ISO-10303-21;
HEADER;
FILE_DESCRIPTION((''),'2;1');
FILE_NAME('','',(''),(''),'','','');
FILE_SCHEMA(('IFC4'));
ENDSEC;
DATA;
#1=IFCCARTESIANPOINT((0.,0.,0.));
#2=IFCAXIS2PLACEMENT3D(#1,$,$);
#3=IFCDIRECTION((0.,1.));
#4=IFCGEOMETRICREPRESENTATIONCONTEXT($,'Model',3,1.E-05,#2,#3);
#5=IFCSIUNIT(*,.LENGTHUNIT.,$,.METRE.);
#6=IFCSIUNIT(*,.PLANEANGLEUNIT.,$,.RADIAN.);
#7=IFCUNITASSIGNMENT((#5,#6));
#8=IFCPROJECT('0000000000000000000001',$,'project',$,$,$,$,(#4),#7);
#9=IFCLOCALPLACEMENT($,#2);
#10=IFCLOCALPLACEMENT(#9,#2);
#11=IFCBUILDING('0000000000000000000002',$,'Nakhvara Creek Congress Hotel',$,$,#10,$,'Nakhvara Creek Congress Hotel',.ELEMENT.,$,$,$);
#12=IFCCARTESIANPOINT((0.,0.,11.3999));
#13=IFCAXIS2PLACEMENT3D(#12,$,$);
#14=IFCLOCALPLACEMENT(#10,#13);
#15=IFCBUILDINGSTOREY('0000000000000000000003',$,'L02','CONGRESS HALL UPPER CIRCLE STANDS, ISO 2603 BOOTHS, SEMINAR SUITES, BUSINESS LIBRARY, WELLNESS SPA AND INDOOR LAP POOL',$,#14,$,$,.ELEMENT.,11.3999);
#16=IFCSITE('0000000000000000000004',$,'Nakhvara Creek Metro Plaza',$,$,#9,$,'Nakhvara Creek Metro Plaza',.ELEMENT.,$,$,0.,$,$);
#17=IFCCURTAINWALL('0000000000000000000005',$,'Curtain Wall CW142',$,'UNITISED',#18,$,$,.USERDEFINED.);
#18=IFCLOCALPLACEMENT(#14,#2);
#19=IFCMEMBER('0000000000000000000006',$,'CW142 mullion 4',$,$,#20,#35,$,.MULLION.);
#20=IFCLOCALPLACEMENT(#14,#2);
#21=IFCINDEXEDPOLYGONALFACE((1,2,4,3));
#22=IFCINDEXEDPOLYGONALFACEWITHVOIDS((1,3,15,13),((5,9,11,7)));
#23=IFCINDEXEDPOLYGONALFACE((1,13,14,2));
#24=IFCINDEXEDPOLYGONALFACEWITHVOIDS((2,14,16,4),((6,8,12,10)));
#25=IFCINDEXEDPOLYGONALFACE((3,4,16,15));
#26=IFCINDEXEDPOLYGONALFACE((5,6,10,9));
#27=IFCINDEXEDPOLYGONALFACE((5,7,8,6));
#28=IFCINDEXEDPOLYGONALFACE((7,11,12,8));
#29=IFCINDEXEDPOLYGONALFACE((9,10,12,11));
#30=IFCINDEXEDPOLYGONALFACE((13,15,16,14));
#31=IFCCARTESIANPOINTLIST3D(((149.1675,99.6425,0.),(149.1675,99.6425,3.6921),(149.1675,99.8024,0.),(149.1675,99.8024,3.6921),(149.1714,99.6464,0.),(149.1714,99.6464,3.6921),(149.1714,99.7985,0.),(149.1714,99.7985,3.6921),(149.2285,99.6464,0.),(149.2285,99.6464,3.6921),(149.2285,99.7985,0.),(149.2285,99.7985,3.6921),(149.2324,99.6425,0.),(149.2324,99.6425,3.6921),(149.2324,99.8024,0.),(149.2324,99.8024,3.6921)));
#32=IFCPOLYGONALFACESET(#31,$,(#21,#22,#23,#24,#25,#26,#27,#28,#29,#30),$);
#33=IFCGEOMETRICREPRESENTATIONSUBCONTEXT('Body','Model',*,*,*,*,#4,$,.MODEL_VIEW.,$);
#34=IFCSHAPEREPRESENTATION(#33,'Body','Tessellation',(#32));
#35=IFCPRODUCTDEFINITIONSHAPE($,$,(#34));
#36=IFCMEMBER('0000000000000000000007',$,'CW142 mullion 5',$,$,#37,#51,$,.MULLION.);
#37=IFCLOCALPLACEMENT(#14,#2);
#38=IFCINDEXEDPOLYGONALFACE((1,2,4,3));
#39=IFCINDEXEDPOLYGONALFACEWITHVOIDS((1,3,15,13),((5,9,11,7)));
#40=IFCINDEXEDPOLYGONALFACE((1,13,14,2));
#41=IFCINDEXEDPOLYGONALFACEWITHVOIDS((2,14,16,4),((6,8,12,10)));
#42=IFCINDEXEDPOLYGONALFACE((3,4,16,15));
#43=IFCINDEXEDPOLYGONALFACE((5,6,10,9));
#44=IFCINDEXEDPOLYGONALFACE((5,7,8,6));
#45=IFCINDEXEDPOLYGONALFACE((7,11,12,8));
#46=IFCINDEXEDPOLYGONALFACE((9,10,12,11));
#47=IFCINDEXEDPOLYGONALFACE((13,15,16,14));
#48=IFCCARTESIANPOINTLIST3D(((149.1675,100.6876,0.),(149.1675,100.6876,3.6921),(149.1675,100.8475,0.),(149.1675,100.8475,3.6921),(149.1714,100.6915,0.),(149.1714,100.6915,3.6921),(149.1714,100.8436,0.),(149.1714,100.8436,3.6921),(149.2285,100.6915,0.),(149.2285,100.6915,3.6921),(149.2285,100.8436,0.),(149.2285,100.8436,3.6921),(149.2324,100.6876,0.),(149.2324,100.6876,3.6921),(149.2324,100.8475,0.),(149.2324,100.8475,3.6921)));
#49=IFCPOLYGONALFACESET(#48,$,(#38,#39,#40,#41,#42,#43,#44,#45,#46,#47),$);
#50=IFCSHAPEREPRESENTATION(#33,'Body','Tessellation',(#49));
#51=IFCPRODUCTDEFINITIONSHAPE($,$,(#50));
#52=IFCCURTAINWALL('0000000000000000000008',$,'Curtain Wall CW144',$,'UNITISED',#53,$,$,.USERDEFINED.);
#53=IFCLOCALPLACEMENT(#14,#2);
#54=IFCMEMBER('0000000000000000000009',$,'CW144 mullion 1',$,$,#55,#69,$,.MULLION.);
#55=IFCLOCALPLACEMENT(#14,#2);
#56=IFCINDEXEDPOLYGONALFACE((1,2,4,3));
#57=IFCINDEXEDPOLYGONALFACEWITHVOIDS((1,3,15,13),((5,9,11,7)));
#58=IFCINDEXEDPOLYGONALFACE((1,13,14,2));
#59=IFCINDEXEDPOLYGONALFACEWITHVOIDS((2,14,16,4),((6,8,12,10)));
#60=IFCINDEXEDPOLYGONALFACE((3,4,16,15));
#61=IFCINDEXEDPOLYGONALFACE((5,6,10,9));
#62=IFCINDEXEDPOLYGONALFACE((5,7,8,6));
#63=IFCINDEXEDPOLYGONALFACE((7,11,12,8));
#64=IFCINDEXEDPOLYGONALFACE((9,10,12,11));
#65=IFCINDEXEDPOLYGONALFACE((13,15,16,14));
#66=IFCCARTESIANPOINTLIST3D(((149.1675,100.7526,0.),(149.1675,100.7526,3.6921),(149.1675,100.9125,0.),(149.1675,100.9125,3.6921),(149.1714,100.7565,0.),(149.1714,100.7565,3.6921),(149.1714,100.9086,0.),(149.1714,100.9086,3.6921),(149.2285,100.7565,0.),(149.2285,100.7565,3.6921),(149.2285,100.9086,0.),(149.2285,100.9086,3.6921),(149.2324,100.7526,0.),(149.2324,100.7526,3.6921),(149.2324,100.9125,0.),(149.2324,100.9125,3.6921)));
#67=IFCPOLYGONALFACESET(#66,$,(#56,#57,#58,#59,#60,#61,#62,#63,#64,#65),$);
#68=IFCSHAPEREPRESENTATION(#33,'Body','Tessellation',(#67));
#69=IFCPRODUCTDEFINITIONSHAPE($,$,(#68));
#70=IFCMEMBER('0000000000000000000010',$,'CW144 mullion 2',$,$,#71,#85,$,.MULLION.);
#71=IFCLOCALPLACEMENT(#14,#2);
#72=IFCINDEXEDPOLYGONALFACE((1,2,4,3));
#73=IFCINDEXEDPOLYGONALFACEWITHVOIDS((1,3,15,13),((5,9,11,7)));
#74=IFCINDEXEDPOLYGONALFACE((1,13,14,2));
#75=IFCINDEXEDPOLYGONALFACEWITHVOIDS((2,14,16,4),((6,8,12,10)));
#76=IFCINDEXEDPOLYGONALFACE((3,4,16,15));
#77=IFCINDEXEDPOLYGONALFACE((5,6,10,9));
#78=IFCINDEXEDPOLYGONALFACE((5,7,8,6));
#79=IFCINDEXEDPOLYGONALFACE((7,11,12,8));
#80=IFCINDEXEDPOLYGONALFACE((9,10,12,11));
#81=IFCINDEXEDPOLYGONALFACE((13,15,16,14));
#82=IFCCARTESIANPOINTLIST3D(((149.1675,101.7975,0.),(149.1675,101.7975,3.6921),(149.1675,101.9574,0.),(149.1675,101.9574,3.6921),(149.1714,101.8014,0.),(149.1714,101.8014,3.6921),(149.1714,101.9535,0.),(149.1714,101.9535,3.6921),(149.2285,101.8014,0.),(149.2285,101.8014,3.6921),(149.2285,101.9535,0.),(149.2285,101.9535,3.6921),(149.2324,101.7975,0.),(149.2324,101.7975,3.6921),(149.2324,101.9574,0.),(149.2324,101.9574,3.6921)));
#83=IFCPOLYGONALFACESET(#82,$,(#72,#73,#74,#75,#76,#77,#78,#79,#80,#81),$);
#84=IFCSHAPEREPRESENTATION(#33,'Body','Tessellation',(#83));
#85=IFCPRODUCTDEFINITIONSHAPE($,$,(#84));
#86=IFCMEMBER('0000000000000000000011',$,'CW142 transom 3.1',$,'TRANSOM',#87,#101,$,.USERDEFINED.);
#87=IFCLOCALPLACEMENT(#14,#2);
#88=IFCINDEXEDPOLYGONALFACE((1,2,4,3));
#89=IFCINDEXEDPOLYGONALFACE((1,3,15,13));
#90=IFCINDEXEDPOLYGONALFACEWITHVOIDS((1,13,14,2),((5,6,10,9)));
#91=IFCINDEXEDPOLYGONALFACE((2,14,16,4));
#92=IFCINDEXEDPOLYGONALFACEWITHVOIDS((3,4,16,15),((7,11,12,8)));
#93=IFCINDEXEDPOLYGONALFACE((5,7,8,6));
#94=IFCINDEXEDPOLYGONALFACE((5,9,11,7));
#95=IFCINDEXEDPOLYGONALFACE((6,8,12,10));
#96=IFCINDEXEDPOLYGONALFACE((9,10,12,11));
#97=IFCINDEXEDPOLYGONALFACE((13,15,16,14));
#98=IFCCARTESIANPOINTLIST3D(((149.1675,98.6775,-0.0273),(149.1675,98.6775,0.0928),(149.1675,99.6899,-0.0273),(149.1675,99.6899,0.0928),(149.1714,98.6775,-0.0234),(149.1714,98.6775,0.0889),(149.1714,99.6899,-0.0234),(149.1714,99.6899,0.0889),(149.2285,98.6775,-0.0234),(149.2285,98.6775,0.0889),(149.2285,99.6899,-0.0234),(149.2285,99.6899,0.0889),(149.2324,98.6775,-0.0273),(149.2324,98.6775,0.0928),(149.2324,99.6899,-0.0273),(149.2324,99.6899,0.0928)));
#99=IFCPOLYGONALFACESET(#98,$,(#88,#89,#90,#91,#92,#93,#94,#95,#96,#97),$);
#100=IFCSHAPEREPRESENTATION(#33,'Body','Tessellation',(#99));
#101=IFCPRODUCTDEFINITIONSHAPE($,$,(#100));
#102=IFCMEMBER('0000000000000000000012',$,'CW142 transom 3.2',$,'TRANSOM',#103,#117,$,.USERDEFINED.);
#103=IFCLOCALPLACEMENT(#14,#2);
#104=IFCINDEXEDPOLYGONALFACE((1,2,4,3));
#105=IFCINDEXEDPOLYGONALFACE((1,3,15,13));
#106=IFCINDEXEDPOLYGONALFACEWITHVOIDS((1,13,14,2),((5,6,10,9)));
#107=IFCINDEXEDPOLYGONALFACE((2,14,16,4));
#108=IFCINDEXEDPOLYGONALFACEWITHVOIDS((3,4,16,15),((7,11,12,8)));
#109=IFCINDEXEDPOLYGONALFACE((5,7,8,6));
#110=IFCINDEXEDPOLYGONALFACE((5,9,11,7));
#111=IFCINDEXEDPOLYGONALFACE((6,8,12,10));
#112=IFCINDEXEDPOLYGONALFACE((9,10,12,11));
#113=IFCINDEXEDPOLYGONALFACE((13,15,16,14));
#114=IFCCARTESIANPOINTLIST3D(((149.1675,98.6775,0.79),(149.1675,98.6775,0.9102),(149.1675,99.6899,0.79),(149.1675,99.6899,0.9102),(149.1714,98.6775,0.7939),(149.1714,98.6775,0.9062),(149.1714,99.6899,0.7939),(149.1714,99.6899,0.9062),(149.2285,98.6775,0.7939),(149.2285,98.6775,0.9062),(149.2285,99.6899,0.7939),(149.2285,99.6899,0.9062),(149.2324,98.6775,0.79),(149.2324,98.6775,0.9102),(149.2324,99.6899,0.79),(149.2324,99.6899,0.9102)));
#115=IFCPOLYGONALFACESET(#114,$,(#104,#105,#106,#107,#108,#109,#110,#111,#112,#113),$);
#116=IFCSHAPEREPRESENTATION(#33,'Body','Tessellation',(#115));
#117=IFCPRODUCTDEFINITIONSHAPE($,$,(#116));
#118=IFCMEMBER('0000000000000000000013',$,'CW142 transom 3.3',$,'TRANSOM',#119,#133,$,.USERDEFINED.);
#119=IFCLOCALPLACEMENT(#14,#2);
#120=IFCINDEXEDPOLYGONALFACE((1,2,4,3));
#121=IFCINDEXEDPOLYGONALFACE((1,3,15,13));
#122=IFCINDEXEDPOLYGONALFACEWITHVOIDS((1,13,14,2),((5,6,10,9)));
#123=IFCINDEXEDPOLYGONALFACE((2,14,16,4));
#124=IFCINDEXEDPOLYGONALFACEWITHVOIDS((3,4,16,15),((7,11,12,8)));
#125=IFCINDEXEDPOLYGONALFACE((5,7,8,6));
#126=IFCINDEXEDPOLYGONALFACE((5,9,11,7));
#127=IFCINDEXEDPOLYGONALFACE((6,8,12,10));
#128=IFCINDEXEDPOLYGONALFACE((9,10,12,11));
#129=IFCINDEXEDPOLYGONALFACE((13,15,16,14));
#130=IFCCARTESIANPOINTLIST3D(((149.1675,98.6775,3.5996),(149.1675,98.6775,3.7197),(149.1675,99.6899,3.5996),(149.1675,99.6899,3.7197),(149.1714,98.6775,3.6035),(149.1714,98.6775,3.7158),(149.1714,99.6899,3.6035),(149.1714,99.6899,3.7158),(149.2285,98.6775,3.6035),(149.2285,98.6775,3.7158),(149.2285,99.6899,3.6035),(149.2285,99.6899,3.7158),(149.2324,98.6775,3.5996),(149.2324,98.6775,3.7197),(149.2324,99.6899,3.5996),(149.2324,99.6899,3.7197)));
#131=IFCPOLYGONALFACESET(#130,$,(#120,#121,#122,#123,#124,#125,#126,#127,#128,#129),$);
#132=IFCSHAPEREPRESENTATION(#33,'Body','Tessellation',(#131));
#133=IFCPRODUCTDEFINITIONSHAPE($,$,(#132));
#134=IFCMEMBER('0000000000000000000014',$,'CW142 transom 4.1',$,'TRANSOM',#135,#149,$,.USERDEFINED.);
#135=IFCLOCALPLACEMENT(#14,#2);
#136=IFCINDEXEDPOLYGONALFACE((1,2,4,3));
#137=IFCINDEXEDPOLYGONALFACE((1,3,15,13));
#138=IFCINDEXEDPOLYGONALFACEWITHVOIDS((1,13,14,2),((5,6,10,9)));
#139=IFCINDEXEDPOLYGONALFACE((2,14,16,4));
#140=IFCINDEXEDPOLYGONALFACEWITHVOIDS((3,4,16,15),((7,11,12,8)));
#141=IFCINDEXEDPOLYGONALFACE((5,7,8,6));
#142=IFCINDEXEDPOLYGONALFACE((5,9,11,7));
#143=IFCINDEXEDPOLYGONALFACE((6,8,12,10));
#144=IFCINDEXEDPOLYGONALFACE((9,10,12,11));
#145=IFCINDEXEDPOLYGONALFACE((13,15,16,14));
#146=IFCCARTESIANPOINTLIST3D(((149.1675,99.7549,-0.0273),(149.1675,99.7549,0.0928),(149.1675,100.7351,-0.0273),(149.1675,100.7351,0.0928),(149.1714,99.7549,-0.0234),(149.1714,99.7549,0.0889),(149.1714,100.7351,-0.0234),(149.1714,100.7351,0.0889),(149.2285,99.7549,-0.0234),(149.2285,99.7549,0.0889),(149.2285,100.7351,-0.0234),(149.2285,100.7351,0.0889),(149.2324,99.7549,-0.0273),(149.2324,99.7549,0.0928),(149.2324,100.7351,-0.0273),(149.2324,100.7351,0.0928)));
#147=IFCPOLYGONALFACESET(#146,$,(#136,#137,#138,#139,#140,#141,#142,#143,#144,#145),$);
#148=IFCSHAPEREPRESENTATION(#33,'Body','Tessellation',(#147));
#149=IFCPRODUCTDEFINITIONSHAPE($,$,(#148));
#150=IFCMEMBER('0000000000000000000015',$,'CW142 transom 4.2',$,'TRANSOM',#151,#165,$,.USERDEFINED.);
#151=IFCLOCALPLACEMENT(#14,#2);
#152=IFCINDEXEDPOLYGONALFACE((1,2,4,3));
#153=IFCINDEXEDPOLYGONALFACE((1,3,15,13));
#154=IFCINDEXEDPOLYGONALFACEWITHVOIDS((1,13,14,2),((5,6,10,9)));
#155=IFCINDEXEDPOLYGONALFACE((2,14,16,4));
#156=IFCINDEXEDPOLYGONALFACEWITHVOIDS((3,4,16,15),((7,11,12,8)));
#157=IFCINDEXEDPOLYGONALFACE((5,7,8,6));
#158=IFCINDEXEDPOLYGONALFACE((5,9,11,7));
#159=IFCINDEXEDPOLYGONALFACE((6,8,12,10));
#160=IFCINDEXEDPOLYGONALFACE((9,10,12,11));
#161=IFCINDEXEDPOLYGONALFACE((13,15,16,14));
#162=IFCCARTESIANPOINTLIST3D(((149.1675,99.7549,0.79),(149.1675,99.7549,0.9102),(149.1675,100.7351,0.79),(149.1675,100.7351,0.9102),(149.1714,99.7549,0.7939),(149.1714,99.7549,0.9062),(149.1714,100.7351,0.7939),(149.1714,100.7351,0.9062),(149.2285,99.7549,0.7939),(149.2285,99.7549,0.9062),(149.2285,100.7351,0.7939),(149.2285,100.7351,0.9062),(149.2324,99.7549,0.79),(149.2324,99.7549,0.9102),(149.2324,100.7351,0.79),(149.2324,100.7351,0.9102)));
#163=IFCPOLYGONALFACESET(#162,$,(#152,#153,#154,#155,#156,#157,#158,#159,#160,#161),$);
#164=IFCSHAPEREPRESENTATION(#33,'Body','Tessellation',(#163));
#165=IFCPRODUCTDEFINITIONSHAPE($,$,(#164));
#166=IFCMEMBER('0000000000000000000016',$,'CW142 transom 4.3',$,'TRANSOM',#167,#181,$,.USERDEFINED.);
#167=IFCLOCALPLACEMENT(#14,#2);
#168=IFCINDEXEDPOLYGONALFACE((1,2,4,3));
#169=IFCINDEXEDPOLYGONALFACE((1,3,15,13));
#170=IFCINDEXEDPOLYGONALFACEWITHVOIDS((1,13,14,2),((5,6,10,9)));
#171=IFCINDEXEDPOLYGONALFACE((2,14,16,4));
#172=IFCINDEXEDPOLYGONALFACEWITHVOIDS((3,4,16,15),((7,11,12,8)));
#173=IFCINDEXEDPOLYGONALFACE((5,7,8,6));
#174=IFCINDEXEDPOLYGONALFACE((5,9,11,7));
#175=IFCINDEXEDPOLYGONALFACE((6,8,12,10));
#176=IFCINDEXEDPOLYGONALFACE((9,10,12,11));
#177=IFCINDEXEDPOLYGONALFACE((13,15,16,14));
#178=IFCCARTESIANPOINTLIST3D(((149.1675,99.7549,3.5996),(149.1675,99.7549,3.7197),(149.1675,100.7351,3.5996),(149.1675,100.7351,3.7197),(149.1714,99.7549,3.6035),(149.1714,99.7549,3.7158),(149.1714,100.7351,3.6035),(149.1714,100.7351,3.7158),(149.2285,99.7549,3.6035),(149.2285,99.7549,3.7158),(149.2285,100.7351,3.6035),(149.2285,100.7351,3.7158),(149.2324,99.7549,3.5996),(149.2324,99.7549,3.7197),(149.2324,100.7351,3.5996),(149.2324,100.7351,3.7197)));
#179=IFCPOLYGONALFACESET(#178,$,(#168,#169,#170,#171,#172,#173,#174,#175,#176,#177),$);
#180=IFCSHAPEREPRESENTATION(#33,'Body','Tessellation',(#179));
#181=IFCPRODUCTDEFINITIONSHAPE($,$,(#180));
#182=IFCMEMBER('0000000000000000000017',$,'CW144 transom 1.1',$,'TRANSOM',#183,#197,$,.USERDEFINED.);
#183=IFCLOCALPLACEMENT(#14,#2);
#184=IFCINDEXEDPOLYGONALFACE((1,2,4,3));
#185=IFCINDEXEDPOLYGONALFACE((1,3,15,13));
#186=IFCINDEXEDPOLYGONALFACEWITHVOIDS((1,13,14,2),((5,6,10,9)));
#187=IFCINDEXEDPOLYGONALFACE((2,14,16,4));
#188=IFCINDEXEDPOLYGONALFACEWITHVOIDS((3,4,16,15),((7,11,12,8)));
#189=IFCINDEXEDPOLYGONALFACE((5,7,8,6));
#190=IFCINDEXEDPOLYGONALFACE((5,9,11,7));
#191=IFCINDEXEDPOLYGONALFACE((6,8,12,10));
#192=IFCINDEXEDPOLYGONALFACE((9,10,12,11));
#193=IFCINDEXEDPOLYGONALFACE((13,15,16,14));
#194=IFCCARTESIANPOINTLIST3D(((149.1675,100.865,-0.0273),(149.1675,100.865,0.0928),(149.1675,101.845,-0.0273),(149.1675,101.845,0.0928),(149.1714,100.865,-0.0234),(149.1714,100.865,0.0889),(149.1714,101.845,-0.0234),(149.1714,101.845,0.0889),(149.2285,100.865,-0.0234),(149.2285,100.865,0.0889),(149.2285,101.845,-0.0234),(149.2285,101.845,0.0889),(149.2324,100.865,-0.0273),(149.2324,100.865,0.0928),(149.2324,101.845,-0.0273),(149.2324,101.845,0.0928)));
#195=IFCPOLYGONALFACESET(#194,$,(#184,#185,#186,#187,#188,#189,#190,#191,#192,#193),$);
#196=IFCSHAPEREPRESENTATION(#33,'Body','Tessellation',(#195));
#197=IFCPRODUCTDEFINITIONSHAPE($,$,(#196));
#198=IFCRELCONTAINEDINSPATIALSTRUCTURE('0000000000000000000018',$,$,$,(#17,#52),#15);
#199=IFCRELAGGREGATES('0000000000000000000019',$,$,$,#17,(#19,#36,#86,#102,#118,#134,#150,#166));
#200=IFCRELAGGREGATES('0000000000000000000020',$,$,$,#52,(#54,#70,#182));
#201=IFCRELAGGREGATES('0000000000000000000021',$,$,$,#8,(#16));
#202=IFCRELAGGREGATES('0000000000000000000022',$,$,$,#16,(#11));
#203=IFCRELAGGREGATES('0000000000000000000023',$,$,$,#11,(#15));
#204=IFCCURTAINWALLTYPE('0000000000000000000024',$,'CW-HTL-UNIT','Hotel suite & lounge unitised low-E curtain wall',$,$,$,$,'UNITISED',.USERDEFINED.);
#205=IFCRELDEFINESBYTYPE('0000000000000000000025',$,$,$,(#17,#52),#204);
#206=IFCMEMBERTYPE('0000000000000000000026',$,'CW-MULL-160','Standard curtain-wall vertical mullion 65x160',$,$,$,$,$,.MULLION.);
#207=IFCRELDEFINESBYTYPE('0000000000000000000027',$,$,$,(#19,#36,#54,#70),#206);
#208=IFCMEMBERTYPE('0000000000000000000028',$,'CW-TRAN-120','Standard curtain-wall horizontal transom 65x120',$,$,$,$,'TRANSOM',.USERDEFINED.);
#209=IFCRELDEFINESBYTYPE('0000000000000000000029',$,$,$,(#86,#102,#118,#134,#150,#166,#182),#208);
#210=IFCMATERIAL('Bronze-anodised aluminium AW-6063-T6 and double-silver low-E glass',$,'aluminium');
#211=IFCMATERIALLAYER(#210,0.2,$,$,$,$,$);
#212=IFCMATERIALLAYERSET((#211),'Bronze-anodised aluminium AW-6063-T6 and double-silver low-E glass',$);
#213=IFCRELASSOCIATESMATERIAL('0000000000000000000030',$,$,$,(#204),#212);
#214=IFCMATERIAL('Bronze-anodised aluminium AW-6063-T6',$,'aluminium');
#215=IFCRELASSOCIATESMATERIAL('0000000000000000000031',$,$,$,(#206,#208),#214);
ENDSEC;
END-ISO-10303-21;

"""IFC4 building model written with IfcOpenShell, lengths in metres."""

from ifc_helpers import new_model, si_unit, direction, frame, origin, origin_2d, place, context, subcontext, project, spatial, hollow_rectangle, extrude, material, layer, layer_set, material_profile, profile_set, type_object, element, aggregate, save


model = new_model("IFC4")

# Units and contexts
model_context = context("Model", 3, precision=1e-05, world=origin(), true_north=direction((0.0, 1.0)))
body_context = subcontext(model_context, "Body", "Model", "MODEL_VIEW")
ifc_project = project(units=[si_unit("LENGTHUNIT", "METRE"), si_unit("PLANEANGLEUNIT", "RADIAN")], contexts=[model_context])

# Site, building, storey
site_placement = place(None, origin())
site = spatial("IfcSite", under=ifc_project, at=site_placement, Name="Nakhvara Creek Metro Plaza", LongName="Nakhvara Creek Metro Plaza", CompositionType="ELEMENT", RefElevation=0.0)
building_placement = place(site_placement, origin())
building = spatial("IfcBuilding", under=site, at=building_placement, Name="Nakhvara Creek Congress Hotel", LongName="Nakhvara Creek Congress Hotel", CompositionType="ELEMENT")
storey_placement = place(building_placement, frame((0.0, 0.0, 11.3999)))
storey = spatial("IfcBuildingStorey", under=building, at=storey_placement, Name="L02", Description="CONGRESS HALL UPPER CIRCLE STANDS, ISO 2603 BOOTHS, SEMINAR SUITES, BUSINESS LIBRARY, WELLNESS SPA AND INDOOR LAP POOL", CompositionType="ELEMENT", Elevation=11.3999)

# Curtain walls, members
ifc_material_1 = material(Name="Bronze-anodised aluminium AW-6063-T6 and double-silver low-E glass", Category="aluminium")
ifc_layer = layer(ifc_material_1, 0.2)
ifc_layer_set = layer_set([ifc_layer], Name="Bronze-anodised aluminium AW-6063-T6 and double-silver low-E glass")
curtain_wall_type = type_object("IfcCurtainWallType", Name="CW-HTL-UNIT", Description="Hotel suite & lounge unitised low-E curtain wall", ElementType="UNITISED", PredefinedType="USERDEFINED", material=ifc_layer_set)
curtain_wall_1_placement = place(storey_placement, origin())
curtain_wall_1 = element("IfcCurtainWall", 1, at=curtain_wall_1_placement, inside=storey, type_object=curtain_wall_type, Name="Curtain Wall CW142", ObjectType="UNITISED", PredefinedType="USERDEFINED")
ifc_material_2 = material(Name="Bronze-anodised aluminium AW-6063-T6", Category="aluminium")
ifc_material_profile_1 = material_profile(ifc_material_2, hollow_rectangle(XDim=0.0649, YDim=0.1599, WallThickness=0.0039, at=origin_2d()), Name="ALU-MULL 65x160x4", Category="LoadBearing")
ifc_profile_set_1 = profile_set([ifc_material_profile_1], Name="Bronze-anodised aluminium AW-6063-T6")
member_type_1 = type_object("IfcMemberType", Name="CW-MULL-160", Description="Standard curtain-wall vertical mullion 65x160", PredefinedType="MULLION", material=ifc_profile_set_1)
member_1_placement = place(storey_placement, frame((149.2, 99.7224, 0.0), z_axis=(0.0, 0.0, 1.0), x_axis=(-1.0, 0.0, 0.0)))
member_1 = element("IfcMember", 2, at=member_1_placement, type_object=member_type_1, Name="CW142 mullion 4", PredefinedType="MULLION", context=body_context, shape_type="SweptSolid", body=[
    extrude(hollow_rectangle(XDim=0.0649, YDim=0.1599, WallThickness=0.0039, at=origin_2d()), origin(), (0.0, 0.0, 1.0), 3.6921),
])
member_2_placement = place(storey_placement, frame((149.2, 100.7676, 0.0), z_axis=(0.0, 0.0, 1.0), x_axis=(-1.0, 0.0, 0.0)))
member_2 = element("IfcMember", 3, at=member_2_placement, type_object=member_type_1, Name="CW142 mullion 5", PredefinedType="MULLION", context=body_context, shape_type="SweptSolid", body=[
    extrude(hollow_rectangle(XDim=0.0649, YDim=0.1599, WallThickness=0.0039, at=origin_2d()), origin(), (0.0, 0.0, 1.0), 3.6921),
])
curtain_wall_2_placement = place(storey_placement, origin())
curtain_wall_2 = element("IfcCurtainWall", 4, at=curtain_wall_2_placement, inside=storey, type_object=curtain_wall_type, Name="Curtain Wall CW144", ObjectType="UNITISED", PredefinedType="USERDEFINED")
member_3_placement = place(storey_placement, frame((149.2, 100.8325, 0.0), z_axis=(0.0, 0.0, 1.0), x_axis=(-1.0, 0.0, 0.0)))
member_3 = element("IfcMember", 5, at=member_3_placement, type_object=member_type_1, Name="CW144 mullion 1", PredefinedType="MULLION", context=body_context, shape_type="SweptSolid", body=[
    extrude(hollow_rectangle(XDim=0.0649, YDim=0.1599, WallThickness=0.0039, at=origin_2d()), origin(), (0.0, 0.0, 1.0), 3.6921),
])
member_4_placement = place(storey_placement, frame((149.2, 101.8774, 0.0), z_axis=(0.0, 0.0, 1.0), x_axis=(-1.0, 0.0, 0.0)))
member_4 = element("IfcMember", 6, at=member_4_placement, type_object=member_type_1, Name="CW144 mullion 2", PredefinedType="MULLION", context=body_context, shape_type="SweptSolid", body=[
    extrude(hollow_rectangle(XDim=0.0649, YDim=0.1599, WallThickness=0.0039, at=origin_2d()), origin(), (0.0, 0.0, 1.0), 3.6921),
])

# Members
ifc_material_profile_2 = material_profile(ifc_material_2, hollow_rectangle(XDim=0.0649, YDim=0.1201, WallThickness=0.0039, at=origin_2d()), Name="ALU-TRAN 65x120x4", Category="LoadBearing")
ifc_profile_set_2 = profile_set([ifc_material_profile_2], Name="Bronze-anodised aluminium AW-6063-T6")
member_type_2 = type_object("IfcMemberType", Name="CW-TRAN-120", Description="Standard curtain-wall horizontal transom 65x120", ElementType="TRANSOM", PredefinedType="USERDEFINED", material=ifc_profile_set_2)
member_5_placement = place(storey_placement, frame((149.2, 98.6775, 0.0327), z_axis=(0.0, 1.0, 0.0), x_axis=(-1.0, 0.0, 0.0)))
member_5 = element("IfcMember", 7, at=member_5_placement, type_object=member_type_2, Name="CW142 transom 3.1", ObjectType="TRANSOM", PredefinedType="USERDEFINED", context=body_context, shape_type="SweptSolid", body=[
    extrude(hollow_rectangle(XDim=0.0649, YDim=0.1201, WallThickness=0.0039, at=origin_2d()), origin(), (0.0, 0.0, 1.0), 1.0125),
])
member_6_placement = place(storey_placement, frame((149.2, 98.6775, 0.8501), z_axis=(0.0, 1.0, 0.0), x_axis=(-1.0, 0.0, 0.0)))
member_6 = element("IfcMember", 8, at=member_6_placement, type_object=member_type_2, Name="CW142 transom 3.2", ObjectType="TRANSOM", PredefinedType="USERDEFINED", context=body_context, shape_type="SweptSolid", body=[
    extrude(hollow_rectangle(XDim=0.0649, YDim=0.1201, WallThickness=0.0039, at=origin_2d()), origin(), (0.0, 0.0, 1.0), 1.0125),
])
member_7_placement = place(storey_placement, frame((149.2, 98.6775, 3.6597), z_axis=(0.0, 1.0, 0.0), x_axis=(-1.0, 0.0, 0.0)))
member_7 = element("IfcMember", 9, at=member_7_placement, type_object=member_type_2, Name="CW142 transom 3.3", ObjectType="TRANSOM", PredefinedType="USERDEFINED", context=body_context, shape_type="SweptSolid", body=[
    extrude(hollow_rectangle(XDim=0.0649, YDim=0.1201, WallThickness=0.0039, at=origin_2d()), origin(), (0.0, 0.0, 1.0), 1.0125),
])
member_8_placement = place(storey_placement, frame((149.2, 99.7549, 0.0327), z_axis=(0.0, 1.0, 0.0), x_axis=(-1.0, 0.0, 0.0)))
member_8 = element("IfcMember", 10, at=member_8_placement, type_object=member_type_2, Name="CW142 transom 4.1", ObjectType="TRANSOM", PredefinedType="USERDEFINED", context=body_context, shape_type="SweptSolid", body=[
    extrude(hollow_rectangle(XDim=0.0649, YDim=0.1201, WallThickness=0.0039, at=origin_2d()), origin(), (0.0, 0.0, 1.0), 0.9802),
])
member_9_placement = place(storey_placement, frame((149.2, 99.7549, 0.8501), z_axis=(0.0, 1.0, 0.0), x_axis=(-1.0, 0.0, 0.0)))
member_9 = element("IfcMember", 11, at=member_9_placement, type_object=member_type_2, Name="CW142 transom 4.2", ObjectType="TRANSOM", PredefinedType="USERDEFINED", context=body_context, shape_type="SweptSolid", body=[
    extrude(hollow_rectangle(XDim=0.0649, YDim=0.1201, WallThickness=0.0039, at=origin_2d()), origin(), (0.0, 0.0, 1.0), 0.9802),
])
member_10_placement = place(storey_placement, frame((149.2, 99.7549, 3.6597), z_axis=(0.0, 1.0, 0.0), x_axis=(-1.0, 0.0, 0.0)))
member_10 = element("IfcMember", 12, at=member_10_placement, type_object=member_type_2, Name="CW142 transom 4.3", ObjectType="TRANSOM", PredefinedType="USERDEFINED", context=body_context, shape_type="SweptSolid", body=[
    extrude(hollow_rectangle(XDim=0.0649, YDim=0.1201, WallThickness=0.0039, at=origin_2d()), origin(), (0.0, 0.0, 1.0), 0.9802),
])
member_11_placement = place(storey_placement, frame((149.2, 100.865, 0.0327), z_axis=(0.0, 1.0, 0.0), x_axis=(-1.0, 0.0, 0.0)))
member_11 = element("IfcMember", 13, at=member_11_placement, type_object=member_type_2, Name="CW144 transom 1.1", ObjectType="TRANSOM", PredefinedType="USERDEFINED", context=body_context, shape_type="SweptSolid", body=[
    extrude(hollow_rectangle(XDim=0.0649, YDim=0.1201, WallThickness=0.0039, at=origin_2d()), origin(), (0.0, 0.0, 1.0), 0.98),
])

aggregate(curtain_wall_1, [member_1, member_2, member_5, member_6, member_7, member_8, member_9, member_10])
aggregate(curtain_wall_2, [member_3, member_4, member_11])

save(model, "model.ifc")
